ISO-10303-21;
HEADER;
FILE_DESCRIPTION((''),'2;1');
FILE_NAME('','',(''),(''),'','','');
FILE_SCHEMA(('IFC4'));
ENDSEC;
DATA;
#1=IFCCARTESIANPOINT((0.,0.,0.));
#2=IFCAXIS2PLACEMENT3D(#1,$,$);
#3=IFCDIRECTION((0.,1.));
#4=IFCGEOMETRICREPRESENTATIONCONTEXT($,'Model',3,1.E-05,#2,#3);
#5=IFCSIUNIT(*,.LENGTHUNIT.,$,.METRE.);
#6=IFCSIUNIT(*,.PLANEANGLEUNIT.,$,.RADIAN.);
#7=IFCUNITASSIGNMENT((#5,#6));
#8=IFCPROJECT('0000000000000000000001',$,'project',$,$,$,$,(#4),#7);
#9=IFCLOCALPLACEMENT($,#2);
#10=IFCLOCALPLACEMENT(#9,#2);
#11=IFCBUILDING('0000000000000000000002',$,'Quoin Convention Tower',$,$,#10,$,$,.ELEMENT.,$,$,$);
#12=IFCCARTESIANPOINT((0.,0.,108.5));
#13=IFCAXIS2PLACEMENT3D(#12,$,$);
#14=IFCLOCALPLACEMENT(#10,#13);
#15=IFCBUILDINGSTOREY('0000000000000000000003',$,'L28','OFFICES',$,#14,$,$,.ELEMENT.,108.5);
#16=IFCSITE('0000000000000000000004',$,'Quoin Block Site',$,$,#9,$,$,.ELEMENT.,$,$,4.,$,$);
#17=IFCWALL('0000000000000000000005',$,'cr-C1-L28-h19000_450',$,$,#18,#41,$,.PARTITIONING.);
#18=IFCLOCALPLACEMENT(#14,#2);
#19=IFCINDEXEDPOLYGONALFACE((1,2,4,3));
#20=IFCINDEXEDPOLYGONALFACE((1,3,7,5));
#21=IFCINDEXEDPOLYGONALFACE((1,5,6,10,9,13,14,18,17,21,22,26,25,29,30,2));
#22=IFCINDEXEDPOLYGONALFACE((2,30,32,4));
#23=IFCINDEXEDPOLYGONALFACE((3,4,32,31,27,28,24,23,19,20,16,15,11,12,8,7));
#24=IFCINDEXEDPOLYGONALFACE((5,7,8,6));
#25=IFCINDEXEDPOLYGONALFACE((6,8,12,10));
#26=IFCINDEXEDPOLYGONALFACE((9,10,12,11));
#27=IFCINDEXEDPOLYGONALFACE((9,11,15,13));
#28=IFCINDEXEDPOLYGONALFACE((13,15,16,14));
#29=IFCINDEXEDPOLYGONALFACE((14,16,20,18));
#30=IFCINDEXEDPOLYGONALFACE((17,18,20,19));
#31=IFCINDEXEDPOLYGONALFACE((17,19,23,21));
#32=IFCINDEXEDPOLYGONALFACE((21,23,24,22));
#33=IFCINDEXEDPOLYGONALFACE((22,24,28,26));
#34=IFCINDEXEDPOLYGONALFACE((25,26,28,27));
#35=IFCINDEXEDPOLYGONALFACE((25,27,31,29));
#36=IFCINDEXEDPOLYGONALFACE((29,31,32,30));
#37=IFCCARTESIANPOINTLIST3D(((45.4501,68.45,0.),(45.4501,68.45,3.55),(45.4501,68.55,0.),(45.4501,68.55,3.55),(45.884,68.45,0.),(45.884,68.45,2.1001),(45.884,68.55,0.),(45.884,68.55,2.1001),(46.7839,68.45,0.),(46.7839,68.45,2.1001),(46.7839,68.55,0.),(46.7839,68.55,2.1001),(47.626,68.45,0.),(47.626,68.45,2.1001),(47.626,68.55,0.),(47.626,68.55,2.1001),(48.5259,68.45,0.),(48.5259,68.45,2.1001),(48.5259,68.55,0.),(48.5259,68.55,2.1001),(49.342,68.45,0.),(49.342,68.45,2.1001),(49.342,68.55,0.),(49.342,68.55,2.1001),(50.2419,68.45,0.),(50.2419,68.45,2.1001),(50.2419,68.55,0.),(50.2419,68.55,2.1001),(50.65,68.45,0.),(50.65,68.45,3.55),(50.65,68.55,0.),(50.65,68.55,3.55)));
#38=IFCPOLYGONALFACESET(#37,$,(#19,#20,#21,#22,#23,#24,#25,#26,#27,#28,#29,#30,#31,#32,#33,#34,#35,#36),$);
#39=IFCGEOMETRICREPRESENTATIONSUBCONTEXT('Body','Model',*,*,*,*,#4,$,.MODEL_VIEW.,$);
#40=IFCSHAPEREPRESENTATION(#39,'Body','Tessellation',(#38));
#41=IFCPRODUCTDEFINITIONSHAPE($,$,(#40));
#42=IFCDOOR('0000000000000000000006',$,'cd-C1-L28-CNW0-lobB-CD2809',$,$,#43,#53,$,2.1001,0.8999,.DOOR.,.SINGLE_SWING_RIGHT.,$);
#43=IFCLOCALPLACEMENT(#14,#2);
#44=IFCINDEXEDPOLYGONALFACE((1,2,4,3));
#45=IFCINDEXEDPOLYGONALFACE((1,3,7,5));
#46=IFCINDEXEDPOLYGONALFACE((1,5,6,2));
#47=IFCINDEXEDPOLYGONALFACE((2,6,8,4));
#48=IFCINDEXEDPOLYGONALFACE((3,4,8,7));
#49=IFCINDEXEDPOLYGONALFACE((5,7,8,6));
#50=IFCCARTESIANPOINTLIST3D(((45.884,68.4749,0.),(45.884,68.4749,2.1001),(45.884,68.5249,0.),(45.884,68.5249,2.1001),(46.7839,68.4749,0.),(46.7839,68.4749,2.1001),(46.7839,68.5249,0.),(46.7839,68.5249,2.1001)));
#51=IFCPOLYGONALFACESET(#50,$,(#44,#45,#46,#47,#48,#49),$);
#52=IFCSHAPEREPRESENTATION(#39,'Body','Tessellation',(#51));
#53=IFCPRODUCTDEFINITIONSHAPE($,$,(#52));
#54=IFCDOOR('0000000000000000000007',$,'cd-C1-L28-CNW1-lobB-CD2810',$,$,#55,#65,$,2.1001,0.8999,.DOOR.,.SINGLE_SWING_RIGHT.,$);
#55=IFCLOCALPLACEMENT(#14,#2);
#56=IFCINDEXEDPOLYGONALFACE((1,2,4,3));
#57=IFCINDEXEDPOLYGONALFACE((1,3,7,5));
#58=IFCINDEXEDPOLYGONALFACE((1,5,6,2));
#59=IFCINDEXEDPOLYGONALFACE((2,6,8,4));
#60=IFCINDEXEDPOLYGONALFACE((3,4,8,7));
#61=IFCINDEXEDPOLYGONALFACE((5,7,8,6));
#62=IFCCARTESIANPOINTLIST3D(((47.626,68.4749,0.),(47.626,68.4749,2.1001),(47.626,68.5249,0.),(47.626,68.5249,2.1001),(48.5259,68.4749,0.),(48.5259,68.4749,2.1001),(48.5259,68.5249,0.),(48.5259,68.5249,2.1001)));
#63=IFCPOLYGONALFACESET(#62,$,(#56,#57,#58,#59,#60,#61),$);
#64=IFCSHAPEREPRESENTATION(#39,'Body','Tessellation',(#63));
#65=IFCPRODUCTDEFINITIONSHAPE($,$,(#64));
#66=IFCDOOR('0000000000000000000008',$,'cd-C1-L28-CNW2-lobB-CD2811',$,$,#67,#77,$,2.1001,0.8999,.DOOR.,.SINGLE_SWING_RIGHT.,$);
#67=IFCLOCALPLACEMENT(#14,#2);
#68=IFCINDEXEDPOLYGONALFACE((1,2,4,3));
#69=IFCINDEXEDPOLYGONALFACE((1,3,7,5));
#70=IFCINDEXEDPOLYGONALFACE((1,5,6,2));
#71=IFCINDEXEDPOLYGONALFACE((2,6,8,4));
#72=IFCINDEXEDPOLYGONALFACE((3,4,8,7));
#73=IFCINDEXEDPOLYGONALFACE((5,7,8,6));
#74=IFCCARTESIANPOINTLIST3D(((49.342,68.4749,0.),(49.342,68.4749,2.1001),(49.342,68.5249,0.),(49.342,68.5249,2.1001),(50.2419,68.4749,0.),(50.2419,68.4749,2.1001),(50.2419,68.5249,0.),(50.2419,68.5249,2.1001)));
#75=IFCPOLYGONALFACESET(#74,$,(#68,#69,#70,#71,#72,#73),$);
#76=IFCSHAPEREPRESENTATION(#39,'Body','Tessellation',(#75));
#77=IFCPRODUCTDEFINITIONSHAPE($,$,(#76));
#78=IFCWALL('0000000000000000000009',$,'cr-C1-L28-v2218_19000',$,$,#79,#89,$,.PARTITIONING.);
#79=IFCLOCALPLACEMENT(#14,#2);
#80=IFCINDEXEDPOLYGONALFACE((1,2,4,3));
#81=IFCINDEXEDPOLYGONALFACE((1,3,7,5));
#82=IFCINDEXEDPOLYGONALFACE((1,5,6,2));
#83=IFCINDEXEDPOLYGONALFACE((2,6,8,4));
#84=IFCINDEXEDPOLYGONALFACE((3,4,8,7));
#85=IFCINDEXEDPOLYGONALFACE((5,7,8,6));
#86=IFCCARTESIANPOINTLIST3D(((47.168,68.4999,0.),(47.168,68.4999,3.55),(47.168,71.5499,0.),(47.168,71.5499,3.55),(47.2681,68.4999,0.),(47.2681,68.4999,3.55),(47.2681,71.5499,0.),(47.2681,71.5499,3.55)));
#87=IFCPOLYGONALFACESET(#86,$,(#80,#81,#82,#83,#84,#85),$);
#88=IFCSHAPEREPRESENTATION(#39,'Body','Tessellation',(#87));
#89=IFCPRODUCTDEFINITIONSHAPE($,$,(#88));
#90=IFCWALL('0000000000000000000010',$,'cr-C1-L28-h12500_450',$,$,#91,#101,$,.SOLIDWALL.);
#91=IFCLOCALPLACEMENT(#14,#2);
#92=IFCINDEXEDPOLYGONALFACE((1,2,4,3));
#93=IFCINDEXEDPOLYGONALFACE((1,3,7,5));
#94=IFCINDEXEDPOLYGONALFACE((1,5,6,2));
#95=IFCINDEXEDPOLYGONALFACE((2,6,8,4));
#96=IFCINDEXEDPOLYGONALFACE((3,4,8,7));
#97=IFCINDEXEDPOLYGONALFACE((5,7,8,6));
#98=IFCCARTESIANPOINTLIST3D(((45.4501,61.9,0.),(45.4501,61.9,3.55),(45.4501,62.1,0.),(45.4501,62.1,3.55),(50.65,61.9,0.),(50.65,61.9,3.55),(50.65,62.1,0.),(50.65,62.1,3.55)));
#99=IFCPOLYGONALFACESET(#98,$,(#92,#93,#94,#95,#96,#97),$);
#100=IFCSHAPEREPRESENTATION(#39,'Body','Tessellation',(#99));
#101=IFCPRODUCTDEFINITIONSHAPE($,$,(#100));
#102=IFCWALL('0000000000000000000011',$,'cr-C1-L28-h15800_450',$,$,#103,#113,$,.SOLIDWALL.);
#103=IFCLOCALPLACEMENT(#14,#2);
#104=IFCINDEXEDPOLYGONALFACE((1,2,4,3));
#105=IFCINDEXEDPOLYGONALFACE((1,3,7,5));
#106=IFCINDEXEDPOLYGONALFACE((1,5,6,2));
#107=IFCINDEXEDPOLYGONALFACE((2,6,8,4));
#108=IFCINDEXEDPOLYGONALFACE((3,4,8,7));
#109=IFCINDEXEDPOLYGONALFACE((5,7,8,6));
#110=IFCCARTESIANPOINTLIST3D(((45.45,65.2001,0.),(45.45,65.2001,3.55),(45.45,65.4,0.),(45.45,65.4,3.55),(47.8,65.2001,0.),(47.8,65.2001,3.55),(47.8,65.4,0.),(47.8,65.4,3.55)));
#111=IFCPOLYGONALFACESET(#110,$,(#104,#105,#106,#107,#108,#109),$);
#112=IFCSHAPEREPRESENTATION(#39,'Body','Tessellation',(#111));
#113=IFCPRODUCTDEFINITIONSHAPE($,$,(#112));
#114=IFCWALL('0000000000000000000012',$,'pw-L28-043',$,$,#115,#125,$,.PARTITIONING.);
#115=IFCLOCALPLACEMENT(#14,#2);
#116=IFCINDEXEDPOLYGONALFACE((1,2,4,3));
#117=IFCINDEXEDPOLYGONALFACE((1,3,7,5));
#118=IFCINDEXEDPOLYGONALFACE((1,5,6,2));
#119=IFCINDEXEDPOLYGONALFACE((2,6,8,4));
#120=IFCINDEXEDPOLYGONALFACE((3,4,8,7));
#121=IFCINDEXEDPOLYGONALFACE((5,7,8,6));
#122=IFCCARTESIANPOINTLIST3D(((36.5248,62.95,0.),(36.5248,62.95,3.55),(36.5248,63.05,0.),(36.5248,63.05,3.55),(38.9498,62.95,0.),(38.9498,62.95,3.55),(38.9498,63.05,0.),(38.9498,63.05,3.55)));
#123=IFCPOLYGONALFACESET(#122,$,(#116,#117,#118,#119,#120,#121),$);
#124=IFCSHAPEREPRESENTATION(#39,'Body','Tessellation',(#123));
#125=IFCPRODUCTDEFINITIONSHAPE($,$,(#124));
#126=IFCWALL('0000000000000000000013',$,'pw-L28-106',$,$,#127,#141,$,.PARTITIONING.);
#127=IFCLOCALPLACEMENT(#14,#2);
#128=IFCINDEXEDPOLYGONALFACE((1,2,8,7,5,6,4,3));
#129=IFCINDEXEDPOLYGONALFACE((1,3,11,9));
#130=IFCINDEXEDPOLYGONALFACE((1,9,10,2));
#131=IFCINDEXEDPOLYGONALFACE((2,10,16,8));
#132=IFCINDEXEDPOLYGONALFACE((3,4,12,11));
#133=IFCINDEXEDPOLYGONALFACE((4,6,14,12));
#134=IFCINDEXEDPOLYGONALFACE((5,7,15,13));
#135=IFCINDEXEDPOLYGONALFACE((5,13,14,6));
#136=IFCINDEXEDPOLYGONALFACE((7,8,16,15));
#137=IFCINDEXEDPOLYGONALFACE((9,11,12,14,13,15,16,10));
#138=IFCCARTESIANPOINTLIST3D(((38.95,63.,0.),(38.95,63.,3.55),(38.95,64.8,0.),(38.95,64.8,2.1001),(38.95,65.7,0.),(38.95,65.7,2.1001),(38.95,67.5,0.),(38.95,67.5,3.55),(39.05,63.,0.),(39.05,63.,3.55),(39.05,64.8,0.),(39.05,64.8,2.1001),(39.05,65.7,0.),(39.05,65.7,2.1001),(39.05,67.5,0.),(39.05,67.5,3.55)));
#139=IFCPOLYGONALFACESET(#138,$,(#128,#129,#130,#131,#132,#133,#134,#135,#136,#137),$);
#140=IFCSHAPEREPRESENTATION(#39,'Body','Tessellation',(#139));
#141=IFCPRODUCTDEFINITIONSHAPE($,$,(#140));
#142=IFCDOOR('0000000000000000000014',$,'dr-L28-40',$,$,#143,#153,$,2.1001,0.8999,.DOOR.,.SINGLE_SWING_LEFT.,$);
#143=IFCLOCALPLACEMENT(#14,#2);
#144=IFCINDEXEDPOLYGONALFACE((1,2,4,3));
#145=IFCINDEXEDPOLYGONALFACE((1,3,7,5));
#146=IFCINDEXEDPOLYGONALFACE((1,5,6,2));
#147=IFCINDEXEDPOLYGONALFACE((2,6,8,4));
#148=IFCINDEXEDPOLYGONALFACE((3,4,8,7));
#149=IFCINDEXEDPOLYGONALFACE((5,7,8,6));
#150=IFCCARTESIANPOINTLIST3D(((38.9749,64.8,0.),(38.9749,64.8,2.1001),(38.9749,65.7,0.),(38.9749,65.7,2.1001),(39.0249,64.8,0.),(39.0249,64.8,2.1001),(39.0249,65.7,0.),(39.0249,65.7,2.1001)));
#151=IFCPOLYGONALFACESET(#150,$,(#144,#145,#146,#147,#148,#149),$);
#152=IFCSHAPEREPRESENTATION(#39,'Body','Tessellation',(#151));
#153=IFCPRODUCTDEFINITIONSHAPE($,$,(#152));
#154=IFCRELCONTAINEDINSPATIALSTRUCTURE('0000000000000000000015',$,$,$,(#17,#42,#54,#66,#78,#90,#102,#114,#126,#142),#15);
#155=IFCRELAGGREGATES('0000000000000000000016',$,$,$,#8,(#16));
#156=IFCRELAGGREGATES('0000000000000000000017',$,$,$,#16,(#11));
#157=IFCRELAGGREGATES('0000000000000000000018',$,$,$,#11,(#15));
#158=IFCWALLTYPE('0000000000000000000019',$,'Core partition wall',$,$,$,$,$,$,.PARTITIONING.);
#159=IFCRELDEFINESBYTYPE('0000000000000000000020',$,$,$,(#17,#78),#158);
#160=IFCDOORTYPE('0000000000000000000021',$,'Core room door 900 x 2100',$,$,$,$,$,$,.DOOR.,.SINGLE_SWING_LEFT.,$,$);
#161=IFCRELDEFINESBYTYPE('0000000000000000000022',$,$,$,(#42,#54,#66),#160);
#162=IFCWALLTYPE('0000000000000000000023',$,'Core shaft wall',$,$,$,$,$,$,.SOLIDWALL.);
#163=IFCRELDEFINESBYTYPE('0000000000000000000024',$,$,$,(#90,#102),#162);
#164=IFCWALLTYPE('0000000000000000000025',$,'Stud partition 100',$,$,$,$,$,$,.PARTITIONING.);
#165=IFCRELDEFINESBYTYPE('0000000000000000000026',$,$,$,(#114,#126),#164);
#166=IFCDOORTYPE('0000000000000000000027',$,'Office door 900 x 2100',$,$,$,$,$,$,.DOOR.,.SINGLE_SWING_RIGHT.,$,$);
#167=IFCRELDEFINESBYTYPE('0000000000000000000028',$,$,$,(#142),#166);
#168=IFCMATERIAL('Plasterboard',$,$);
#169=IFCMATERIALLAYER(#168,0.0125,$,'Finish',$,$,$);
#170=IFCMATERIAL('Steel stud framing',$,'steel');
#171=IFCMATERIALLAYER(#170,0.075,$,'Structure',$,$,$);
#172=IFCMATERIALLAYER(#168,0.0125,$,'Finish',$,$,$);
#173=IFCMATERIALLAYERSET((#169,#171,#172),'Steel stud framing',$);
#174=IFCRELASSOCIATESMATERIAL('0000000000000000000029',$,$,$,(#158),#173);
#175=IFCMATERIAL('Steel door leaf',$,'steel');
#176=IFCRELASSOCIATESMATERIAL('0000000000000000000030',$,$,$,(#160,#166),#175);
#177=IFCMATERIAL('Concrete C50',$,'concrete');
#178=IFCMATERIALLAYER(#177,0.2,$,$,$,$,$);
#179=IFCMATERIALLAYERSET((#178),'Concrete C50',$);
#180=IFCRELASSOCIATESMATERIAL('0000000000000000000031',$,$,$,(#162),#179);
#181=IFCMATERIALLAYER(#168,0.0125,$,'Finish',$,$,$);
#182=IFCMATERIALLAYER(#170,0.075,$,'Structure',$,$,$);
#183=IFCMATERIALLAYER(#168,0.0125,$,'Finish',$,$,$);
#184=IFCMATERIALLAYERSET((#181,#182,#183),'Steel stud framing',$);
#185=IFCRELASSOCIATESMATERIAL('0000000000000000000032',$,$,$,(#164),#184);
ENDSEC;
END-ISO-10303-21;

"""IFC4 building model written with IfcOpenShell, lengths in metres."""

from ifc_helpers import new_model, si_unit, direction, frame, frame_2d, origin, place, context, subcontext, project, spatial, rectangle, extrude, material, layer, layer_set, type_object, element, fill, save


model = new_model("IFC4")

# Units and contexts
model_context = context("Model", 3, precision=1e-05, world=origin(), true_north=direction((0.0, 1.0)))
body_context = subcontext(model_context, "Body", "Model", "MODEL_VIEW")
ifc_project = project(units=[si_unit("LENGTHUNIT", "METRE"), si_unit("PLANEANGLEUNIT", "RADIAN")], contexts=[model_context])

# Site, building, storey
site_placement = place(None, origin())
site = spatial("IfcSite", under=ifc_project, at=site_placement, Name="Quoin Block Site", CompositionType="ELEMENT", RefElevation=4.0)
building_placement = place(site_placement, origin())
building = spatial("IfcBuilding", under=site, at=building_placement, Name="Quoin Convention Tower", CompositionType="ELEMENT")
storey_placement = place(building_placement, frame((0.0, 0.0, 108.5)))
storey = spatial("IfcBuildingStorey", under=building, at=storey_placement, Name="L28", Description="OFFICES", CompositionType="ELEMENT", Elevation=108.5)

# Shared definitions
ifc_material_1 = material(Name="Plasterboard")
ifc_material_2 = material(Name="Steel stud framing", Category="steel")

# Wall, openings, doors
ifc_layer_1 = layer(ifc_material_1, 0.0125, Name="Finish")
ifc_layer_2 = layer(ifc_material_2, 0.075, Name="Structure")
ifc_layer_3 = layer(ifc_material_1, 0.0125, Name="Finish")
ifc_layer_set_1 = layer_set([ifc_layer_1, ifc_layer_2, ifc_layer_3], Name="Steel stud framing")
wall_type_1 = type_object("IfcWallType", Name="Core partition wall", PredefinedType="PARTITIONING", material=ifc_layer_set_1)
wall_1_placement = place(storey_placement, frame((45.45, 68.5, 0.0), z_axis=(0.0, 0.0, 1.0), x_axis=(1.0, 0.0, 0.0)))
wall_1 = element("IfcWall", 1, at=wall_1_placement, inside=storey, type_object=wall_type_1, Name="cr-C1-L28-h19000_450", PredefinedType="PARTITIONING", context=body_context, shape_type="SweptSolid", body=[
    extrude(rectangle(XDim=5.2, YDim=0.1001, at=frame_2d((2.6001, 0.0))), origin(), (0.0, 0.0, 1.0), 3.55),
])
opening_1_placement = place(wall_1_placement, frame((0.4341, 0.0, 0.0)))
opening_1 = element("IfcOpeningElement", 2, at=opening_1_placement, cuts=wall_1, PredefinedType="OPENING", context=body_context, shape_type="SweptSolid", body=[
    extrude(rectangle(XDim=0.8999, YDim=2.1001, at=frame_2d((0.45, 1.05))), frame((0.0, 0.0601, 0.0), z_axis=(0.0, -1.0, 0.0), x_axis=(1.0, 0.0, 0.0)), (0.0, 0.0, 1.0), 0.1201),
])
opening_2_placement = place(wall_1_placement, frame((2.176, 0.0, 0.0)))
opening_2 = element("IfcOpeningElement", 3, at=opening_2_placement, cuts=wall_1, PredefinedType="OPENING", context=body_context, shape_type="SweptSolid", body=[
    extrude(rectangle(XDim=0.8999, YDim=2.1001, at=frame_2d((0.45, 1.05))), frame((0.0, 0.0601, 0.0), z_axis=(0.0, -1.0, 0.0), x_axis=(1.0, 0.0, 0.0)), (0.0, 0.0, 1.0), 0.1201),
])
opening_3_placement = place(wall_1_placement, frame((3.8921, 0.0, 0.0)))
opening_3 = element("IfcOpeningElement", 4, at=opening_3_placement, cuts=wall_1, PredefinedType="OPENING", context=body_context, shape_type="SweptSolid", body=[
    extrude(rectangle(XDim=0.8999, YDim=2.1001, at=frame_2d((0.45, 1.05))), frame((0.0, 0.0601, 0.0), z_axis=(0.0, -1.0, 0.0), x_axis=(1.0, 0.0, 0.0)), (0.0, 0.0, 1.0), 0.1201),
])
ifc_material_3 = material(Name="Steel door leaf", Category="steel")
door_type_1 = type_object("IfcDoorType", Name="Core room door 900 x 2100", OperationType="SINGLE_SWING_LEFT", PredefinedType="DOOR", material=ifc_material_3)
door_1_placement = place(opening_1_placement, origin())
door_1 = element("IfcDoor", 5, at=door_1_placement, inside=storey, type_object=door_type_1, Name="cd-C1-L28-CNW0-lobB-CD2809", OperationType="SINGLE_SWING_RIGHT", OverallHeight=2.1001, OverallWidth=0.8999, PredefinedType="DOOR", context=body_context, shape_type="SweptSolid", body=[
    extrude(rectangle(XDim=0.8999, YDim=2.1001, at=frame_2d((0.45, 1.05))), frame((0.0, 0.0249, 0.0), z_axis=(0.0, -1.0, 0.0), x_axis=(1.0, 0.0, 0.0)), (0.0, 0.0, 1.0), 0.05),
])
fill(opening_1, door_1)
door_2_placement = place(opening_2_placement, origin())
door_2 = element("IfcDoor", 6, at=door_2_placement, inside=storey, type_object=door_type_1, Name="cd-C1-L28-CNW1-lobB-CD2810", OperationType="SINGLE_SWING_RIGHT", OverallHeight=2.1001, OverallWidth=0.8999, PredefinedType="DOOR", context=body_context, shape_type="SweptSolid", body=[
    extrude(rectangle(XDim=0.8999, YDim=2.1001, at=frame_2d((0.45, 1.05))), frame((0.0, 0.0249, 0.0), z_axis=(0.0, -1.0, 0.0), x_axis=(1.0, 0.0, 0.0)), (0.0, 0.0, 1.0), 0.05),
])
fill(opening_2, door_2)
door_3_placement = place(opening_3_placement, origin())
door_3 = element("IfcDoor", 7, at=door_3_placement, inside=storey, type_object=door_type_1, Name="cd-C1-L28-CNW2-lobB-CD2811", OperationType="SINGLE_SWING_RIGHT", OverallHeight=2.1001, OverallWidth=0.8999, PredefinedType="DOOR", context=body_context, shape_type="SweptSolid", body=[
    extrude(rectangle(XDim=0.8999, YDim=2.1001, at=frame_2d((0.45, 1.05))), frame((0.0, 0.0249, 0.0), z_axis=(0.0, -1.0, 0.0), x_axis=(1.0, 0.0, 0.0)), (0.0, 0.0, 1.0), 0.05),
])
fill(opening_3, door_3)

# Walls
wall_2_placement = place(storey_placement, frame((47.218, 68.5, 0.0), z_axis=(0.0, 0.0, 1.0), x_axis=(0.0, 1.0, 0.0)))
element("IfcWall", 8, at=wall_2_placement, inside=storey, type_object=wall_type_1, Name="cr-C1-L28-v2218_19000", PredefinedType="PARTITIONING", context=body_context, shape_type="SweptSolid", body=[
    extrude(rectangle(XDim=3.05, YDim=0.1001, at=frame_2d((1.5249, 0.0))), origin(), (0.0, 0.0, 1.0), 3.55),
])
ifc_material_4 = material(Name="Concrete C50", Category="concrete")
ifc_layer_4 = layer(ifc_material_4, 0.2)
ifc_layer_set_2 = layer_set([ifc_layer_4], Name="Concrete C50")
wall_type_2 = type_object("IfcWallType", Name="Core shaft wall", PredefinedType="SOLIDWALL", material=ifc_layer_set_2)
wall_3_placement = place(storey_placement, frame((45.45, 62.0, 0.0), z_axis=(0.0, 0.0, 1.0), x_axis=(1.0, 0.0, 0.0)))
element("IfcWall", 9, at=wall_3_placement, inside=storey, type_object=wall_type_2, Name="cr-C1-L28-h12500_450", PredefinedType="SOLIDWALL", context=body_context, shape_type="SweptSolid", body=[
    extrude(rectangle(XDim=5.2, YDim=0.2, at=frame_2d((2.6001, 0.0))), origin(), (0.0, 0.0, 1.0), 3.55),
])
wall_4_placement = place(storey_placement, frame((45.45, 65.3, 0.0), z_axis=(0.0, 0.0, 1.0), x_axis=(1.0, 0.0, 0.0)))
element("IfcWall", 10, at=wall_4_placement, inside=storey, type_object=wall_type_2, Name="cr-C1-L28-h15800_450", PredefinedType="SOLIDWALL", context=body_context, shape_type="SweptSolid", body=[
    extrude(rectangle(XDim=2.3501, YDim=0.2, at=frame_2d((1.175, 0.0))), origin(), (0.0, 0.0, 1.0), 3.55),
])
ifc_layer_5 = layer(ifc_material_1, 0.0125, Name="Finish")
ifc_layer_6 = layer(ifc_material_2, 0.075, Name="Structure")
ifc_layer_7 = layer(ifc_material_1, 0.0125, Name="Finish")
ifc_layer_set_3 = layer_set([ifc_layer_5, ifc_layer_6, ifc_layer_7], Name="Steel stud framing")
wall_type_3 = type_object("IfcWallType", Name="Stud partition 100", PredefinedType="PARTITIONING", material=ifc_layer_set_3)
wall_5_placement = place(storey_placement, frame((36.5249, 63.0, 0.0), z_axis=(0.0, 0.0, 1.0), x_axis=(1.0, 0.0, 0.0)))
element("IfcWall", 11, at=wall_5_placement, inside=storey, type_object=wall_type_3, Name="pw-L28-043", PredefinedType="PARTITIONING", context=body_context, shape_type="SweptSolid", body=[
    extrude(rectangle(XDim=2.425, YDim=0.1001, at=frame_2d((1.2124, 0.0))), origin(), (0.0, 0.0, 1.0), 3.55),
])

# Wall, opening, door
wall_6_placement = place(storey_placement, frame((39.0, 63.0, 0.0), z_axis=(0.0, 0.0, 1.0), x_axis=(0.0, 1.0, 0.0)))
wall_6 = element("IfcWall", 12, at=wall_6_placement, inside=storey, type_object=wall_type_3, Name="pw-L28-106", PredefinedType="PARTITIONING", context=body_context, shape_type="SweptSolid", body=[
    extrude(rectangle(XDim=4.5, YDim=0.1001, at=frame_2d((2.25, 0.0))), origin(), (0.0, 0.0, 1.0), 3.55),
])
opening_4_placement = place(wall_6_placement, frame((1.8, 0.0, 0.0)))
opening_4 = element("IfcOpeningElement", 13, at=opening_4_placement, cuts=wall_6, PredefinedType="OPENING", context=body_context, shape_type="SweptSolid", body=[
    extrude(rectangle(XDim=0.8999, YDim=2.1001, at=frame_2d((0.45, 1.05))), frame((0.0, 0.0601, 0.0), z_axis=(0.0, -1.0, 0.0), x_axis=(1.0, 0.0, 0.0)), (0.0, 0.0, 1.0), 0.1201),
])
door_type_2 = type_object("IfcDoorType", Name="Office door 900 x 2100", OperationType="SINGLE_SWING_RIGHT", PredefinedType="DOOR", material=ifc_material_3)
door_4_placement = place(opening_4_placement, frame((0.8999, 0.0, 0.0), z_axis=(0.0, 0.0, 1.0), x_axis=(-1.0, 0.0, 0.0)))
door_4 = element("IfcDoor", 14, at=door_4_placement, inside=storey, type_object=door_type_2, Name="dr-L28-40", OperationType="SINGLE_SWING_LEFT", OverallHeight=2.1001, OverallWidth=0.8999, PredefinedType="DOOR", context=body_context, shape_type="SweptSolid", body=[
    extrude(rectangle(XDim=0.8999, YDim=2.1001, at=frame_2d((0.45, 1.05))), frame((0.0, 0.0249, 0.0), z_axis=(0.0, -1.0, 0.0), x_axis=(1.0, 0.0, 0.0)), (0.0, 0.0, 1.0), 0.05),
])
fill(opening_4, door_4)

save(model, "model.ifc")
